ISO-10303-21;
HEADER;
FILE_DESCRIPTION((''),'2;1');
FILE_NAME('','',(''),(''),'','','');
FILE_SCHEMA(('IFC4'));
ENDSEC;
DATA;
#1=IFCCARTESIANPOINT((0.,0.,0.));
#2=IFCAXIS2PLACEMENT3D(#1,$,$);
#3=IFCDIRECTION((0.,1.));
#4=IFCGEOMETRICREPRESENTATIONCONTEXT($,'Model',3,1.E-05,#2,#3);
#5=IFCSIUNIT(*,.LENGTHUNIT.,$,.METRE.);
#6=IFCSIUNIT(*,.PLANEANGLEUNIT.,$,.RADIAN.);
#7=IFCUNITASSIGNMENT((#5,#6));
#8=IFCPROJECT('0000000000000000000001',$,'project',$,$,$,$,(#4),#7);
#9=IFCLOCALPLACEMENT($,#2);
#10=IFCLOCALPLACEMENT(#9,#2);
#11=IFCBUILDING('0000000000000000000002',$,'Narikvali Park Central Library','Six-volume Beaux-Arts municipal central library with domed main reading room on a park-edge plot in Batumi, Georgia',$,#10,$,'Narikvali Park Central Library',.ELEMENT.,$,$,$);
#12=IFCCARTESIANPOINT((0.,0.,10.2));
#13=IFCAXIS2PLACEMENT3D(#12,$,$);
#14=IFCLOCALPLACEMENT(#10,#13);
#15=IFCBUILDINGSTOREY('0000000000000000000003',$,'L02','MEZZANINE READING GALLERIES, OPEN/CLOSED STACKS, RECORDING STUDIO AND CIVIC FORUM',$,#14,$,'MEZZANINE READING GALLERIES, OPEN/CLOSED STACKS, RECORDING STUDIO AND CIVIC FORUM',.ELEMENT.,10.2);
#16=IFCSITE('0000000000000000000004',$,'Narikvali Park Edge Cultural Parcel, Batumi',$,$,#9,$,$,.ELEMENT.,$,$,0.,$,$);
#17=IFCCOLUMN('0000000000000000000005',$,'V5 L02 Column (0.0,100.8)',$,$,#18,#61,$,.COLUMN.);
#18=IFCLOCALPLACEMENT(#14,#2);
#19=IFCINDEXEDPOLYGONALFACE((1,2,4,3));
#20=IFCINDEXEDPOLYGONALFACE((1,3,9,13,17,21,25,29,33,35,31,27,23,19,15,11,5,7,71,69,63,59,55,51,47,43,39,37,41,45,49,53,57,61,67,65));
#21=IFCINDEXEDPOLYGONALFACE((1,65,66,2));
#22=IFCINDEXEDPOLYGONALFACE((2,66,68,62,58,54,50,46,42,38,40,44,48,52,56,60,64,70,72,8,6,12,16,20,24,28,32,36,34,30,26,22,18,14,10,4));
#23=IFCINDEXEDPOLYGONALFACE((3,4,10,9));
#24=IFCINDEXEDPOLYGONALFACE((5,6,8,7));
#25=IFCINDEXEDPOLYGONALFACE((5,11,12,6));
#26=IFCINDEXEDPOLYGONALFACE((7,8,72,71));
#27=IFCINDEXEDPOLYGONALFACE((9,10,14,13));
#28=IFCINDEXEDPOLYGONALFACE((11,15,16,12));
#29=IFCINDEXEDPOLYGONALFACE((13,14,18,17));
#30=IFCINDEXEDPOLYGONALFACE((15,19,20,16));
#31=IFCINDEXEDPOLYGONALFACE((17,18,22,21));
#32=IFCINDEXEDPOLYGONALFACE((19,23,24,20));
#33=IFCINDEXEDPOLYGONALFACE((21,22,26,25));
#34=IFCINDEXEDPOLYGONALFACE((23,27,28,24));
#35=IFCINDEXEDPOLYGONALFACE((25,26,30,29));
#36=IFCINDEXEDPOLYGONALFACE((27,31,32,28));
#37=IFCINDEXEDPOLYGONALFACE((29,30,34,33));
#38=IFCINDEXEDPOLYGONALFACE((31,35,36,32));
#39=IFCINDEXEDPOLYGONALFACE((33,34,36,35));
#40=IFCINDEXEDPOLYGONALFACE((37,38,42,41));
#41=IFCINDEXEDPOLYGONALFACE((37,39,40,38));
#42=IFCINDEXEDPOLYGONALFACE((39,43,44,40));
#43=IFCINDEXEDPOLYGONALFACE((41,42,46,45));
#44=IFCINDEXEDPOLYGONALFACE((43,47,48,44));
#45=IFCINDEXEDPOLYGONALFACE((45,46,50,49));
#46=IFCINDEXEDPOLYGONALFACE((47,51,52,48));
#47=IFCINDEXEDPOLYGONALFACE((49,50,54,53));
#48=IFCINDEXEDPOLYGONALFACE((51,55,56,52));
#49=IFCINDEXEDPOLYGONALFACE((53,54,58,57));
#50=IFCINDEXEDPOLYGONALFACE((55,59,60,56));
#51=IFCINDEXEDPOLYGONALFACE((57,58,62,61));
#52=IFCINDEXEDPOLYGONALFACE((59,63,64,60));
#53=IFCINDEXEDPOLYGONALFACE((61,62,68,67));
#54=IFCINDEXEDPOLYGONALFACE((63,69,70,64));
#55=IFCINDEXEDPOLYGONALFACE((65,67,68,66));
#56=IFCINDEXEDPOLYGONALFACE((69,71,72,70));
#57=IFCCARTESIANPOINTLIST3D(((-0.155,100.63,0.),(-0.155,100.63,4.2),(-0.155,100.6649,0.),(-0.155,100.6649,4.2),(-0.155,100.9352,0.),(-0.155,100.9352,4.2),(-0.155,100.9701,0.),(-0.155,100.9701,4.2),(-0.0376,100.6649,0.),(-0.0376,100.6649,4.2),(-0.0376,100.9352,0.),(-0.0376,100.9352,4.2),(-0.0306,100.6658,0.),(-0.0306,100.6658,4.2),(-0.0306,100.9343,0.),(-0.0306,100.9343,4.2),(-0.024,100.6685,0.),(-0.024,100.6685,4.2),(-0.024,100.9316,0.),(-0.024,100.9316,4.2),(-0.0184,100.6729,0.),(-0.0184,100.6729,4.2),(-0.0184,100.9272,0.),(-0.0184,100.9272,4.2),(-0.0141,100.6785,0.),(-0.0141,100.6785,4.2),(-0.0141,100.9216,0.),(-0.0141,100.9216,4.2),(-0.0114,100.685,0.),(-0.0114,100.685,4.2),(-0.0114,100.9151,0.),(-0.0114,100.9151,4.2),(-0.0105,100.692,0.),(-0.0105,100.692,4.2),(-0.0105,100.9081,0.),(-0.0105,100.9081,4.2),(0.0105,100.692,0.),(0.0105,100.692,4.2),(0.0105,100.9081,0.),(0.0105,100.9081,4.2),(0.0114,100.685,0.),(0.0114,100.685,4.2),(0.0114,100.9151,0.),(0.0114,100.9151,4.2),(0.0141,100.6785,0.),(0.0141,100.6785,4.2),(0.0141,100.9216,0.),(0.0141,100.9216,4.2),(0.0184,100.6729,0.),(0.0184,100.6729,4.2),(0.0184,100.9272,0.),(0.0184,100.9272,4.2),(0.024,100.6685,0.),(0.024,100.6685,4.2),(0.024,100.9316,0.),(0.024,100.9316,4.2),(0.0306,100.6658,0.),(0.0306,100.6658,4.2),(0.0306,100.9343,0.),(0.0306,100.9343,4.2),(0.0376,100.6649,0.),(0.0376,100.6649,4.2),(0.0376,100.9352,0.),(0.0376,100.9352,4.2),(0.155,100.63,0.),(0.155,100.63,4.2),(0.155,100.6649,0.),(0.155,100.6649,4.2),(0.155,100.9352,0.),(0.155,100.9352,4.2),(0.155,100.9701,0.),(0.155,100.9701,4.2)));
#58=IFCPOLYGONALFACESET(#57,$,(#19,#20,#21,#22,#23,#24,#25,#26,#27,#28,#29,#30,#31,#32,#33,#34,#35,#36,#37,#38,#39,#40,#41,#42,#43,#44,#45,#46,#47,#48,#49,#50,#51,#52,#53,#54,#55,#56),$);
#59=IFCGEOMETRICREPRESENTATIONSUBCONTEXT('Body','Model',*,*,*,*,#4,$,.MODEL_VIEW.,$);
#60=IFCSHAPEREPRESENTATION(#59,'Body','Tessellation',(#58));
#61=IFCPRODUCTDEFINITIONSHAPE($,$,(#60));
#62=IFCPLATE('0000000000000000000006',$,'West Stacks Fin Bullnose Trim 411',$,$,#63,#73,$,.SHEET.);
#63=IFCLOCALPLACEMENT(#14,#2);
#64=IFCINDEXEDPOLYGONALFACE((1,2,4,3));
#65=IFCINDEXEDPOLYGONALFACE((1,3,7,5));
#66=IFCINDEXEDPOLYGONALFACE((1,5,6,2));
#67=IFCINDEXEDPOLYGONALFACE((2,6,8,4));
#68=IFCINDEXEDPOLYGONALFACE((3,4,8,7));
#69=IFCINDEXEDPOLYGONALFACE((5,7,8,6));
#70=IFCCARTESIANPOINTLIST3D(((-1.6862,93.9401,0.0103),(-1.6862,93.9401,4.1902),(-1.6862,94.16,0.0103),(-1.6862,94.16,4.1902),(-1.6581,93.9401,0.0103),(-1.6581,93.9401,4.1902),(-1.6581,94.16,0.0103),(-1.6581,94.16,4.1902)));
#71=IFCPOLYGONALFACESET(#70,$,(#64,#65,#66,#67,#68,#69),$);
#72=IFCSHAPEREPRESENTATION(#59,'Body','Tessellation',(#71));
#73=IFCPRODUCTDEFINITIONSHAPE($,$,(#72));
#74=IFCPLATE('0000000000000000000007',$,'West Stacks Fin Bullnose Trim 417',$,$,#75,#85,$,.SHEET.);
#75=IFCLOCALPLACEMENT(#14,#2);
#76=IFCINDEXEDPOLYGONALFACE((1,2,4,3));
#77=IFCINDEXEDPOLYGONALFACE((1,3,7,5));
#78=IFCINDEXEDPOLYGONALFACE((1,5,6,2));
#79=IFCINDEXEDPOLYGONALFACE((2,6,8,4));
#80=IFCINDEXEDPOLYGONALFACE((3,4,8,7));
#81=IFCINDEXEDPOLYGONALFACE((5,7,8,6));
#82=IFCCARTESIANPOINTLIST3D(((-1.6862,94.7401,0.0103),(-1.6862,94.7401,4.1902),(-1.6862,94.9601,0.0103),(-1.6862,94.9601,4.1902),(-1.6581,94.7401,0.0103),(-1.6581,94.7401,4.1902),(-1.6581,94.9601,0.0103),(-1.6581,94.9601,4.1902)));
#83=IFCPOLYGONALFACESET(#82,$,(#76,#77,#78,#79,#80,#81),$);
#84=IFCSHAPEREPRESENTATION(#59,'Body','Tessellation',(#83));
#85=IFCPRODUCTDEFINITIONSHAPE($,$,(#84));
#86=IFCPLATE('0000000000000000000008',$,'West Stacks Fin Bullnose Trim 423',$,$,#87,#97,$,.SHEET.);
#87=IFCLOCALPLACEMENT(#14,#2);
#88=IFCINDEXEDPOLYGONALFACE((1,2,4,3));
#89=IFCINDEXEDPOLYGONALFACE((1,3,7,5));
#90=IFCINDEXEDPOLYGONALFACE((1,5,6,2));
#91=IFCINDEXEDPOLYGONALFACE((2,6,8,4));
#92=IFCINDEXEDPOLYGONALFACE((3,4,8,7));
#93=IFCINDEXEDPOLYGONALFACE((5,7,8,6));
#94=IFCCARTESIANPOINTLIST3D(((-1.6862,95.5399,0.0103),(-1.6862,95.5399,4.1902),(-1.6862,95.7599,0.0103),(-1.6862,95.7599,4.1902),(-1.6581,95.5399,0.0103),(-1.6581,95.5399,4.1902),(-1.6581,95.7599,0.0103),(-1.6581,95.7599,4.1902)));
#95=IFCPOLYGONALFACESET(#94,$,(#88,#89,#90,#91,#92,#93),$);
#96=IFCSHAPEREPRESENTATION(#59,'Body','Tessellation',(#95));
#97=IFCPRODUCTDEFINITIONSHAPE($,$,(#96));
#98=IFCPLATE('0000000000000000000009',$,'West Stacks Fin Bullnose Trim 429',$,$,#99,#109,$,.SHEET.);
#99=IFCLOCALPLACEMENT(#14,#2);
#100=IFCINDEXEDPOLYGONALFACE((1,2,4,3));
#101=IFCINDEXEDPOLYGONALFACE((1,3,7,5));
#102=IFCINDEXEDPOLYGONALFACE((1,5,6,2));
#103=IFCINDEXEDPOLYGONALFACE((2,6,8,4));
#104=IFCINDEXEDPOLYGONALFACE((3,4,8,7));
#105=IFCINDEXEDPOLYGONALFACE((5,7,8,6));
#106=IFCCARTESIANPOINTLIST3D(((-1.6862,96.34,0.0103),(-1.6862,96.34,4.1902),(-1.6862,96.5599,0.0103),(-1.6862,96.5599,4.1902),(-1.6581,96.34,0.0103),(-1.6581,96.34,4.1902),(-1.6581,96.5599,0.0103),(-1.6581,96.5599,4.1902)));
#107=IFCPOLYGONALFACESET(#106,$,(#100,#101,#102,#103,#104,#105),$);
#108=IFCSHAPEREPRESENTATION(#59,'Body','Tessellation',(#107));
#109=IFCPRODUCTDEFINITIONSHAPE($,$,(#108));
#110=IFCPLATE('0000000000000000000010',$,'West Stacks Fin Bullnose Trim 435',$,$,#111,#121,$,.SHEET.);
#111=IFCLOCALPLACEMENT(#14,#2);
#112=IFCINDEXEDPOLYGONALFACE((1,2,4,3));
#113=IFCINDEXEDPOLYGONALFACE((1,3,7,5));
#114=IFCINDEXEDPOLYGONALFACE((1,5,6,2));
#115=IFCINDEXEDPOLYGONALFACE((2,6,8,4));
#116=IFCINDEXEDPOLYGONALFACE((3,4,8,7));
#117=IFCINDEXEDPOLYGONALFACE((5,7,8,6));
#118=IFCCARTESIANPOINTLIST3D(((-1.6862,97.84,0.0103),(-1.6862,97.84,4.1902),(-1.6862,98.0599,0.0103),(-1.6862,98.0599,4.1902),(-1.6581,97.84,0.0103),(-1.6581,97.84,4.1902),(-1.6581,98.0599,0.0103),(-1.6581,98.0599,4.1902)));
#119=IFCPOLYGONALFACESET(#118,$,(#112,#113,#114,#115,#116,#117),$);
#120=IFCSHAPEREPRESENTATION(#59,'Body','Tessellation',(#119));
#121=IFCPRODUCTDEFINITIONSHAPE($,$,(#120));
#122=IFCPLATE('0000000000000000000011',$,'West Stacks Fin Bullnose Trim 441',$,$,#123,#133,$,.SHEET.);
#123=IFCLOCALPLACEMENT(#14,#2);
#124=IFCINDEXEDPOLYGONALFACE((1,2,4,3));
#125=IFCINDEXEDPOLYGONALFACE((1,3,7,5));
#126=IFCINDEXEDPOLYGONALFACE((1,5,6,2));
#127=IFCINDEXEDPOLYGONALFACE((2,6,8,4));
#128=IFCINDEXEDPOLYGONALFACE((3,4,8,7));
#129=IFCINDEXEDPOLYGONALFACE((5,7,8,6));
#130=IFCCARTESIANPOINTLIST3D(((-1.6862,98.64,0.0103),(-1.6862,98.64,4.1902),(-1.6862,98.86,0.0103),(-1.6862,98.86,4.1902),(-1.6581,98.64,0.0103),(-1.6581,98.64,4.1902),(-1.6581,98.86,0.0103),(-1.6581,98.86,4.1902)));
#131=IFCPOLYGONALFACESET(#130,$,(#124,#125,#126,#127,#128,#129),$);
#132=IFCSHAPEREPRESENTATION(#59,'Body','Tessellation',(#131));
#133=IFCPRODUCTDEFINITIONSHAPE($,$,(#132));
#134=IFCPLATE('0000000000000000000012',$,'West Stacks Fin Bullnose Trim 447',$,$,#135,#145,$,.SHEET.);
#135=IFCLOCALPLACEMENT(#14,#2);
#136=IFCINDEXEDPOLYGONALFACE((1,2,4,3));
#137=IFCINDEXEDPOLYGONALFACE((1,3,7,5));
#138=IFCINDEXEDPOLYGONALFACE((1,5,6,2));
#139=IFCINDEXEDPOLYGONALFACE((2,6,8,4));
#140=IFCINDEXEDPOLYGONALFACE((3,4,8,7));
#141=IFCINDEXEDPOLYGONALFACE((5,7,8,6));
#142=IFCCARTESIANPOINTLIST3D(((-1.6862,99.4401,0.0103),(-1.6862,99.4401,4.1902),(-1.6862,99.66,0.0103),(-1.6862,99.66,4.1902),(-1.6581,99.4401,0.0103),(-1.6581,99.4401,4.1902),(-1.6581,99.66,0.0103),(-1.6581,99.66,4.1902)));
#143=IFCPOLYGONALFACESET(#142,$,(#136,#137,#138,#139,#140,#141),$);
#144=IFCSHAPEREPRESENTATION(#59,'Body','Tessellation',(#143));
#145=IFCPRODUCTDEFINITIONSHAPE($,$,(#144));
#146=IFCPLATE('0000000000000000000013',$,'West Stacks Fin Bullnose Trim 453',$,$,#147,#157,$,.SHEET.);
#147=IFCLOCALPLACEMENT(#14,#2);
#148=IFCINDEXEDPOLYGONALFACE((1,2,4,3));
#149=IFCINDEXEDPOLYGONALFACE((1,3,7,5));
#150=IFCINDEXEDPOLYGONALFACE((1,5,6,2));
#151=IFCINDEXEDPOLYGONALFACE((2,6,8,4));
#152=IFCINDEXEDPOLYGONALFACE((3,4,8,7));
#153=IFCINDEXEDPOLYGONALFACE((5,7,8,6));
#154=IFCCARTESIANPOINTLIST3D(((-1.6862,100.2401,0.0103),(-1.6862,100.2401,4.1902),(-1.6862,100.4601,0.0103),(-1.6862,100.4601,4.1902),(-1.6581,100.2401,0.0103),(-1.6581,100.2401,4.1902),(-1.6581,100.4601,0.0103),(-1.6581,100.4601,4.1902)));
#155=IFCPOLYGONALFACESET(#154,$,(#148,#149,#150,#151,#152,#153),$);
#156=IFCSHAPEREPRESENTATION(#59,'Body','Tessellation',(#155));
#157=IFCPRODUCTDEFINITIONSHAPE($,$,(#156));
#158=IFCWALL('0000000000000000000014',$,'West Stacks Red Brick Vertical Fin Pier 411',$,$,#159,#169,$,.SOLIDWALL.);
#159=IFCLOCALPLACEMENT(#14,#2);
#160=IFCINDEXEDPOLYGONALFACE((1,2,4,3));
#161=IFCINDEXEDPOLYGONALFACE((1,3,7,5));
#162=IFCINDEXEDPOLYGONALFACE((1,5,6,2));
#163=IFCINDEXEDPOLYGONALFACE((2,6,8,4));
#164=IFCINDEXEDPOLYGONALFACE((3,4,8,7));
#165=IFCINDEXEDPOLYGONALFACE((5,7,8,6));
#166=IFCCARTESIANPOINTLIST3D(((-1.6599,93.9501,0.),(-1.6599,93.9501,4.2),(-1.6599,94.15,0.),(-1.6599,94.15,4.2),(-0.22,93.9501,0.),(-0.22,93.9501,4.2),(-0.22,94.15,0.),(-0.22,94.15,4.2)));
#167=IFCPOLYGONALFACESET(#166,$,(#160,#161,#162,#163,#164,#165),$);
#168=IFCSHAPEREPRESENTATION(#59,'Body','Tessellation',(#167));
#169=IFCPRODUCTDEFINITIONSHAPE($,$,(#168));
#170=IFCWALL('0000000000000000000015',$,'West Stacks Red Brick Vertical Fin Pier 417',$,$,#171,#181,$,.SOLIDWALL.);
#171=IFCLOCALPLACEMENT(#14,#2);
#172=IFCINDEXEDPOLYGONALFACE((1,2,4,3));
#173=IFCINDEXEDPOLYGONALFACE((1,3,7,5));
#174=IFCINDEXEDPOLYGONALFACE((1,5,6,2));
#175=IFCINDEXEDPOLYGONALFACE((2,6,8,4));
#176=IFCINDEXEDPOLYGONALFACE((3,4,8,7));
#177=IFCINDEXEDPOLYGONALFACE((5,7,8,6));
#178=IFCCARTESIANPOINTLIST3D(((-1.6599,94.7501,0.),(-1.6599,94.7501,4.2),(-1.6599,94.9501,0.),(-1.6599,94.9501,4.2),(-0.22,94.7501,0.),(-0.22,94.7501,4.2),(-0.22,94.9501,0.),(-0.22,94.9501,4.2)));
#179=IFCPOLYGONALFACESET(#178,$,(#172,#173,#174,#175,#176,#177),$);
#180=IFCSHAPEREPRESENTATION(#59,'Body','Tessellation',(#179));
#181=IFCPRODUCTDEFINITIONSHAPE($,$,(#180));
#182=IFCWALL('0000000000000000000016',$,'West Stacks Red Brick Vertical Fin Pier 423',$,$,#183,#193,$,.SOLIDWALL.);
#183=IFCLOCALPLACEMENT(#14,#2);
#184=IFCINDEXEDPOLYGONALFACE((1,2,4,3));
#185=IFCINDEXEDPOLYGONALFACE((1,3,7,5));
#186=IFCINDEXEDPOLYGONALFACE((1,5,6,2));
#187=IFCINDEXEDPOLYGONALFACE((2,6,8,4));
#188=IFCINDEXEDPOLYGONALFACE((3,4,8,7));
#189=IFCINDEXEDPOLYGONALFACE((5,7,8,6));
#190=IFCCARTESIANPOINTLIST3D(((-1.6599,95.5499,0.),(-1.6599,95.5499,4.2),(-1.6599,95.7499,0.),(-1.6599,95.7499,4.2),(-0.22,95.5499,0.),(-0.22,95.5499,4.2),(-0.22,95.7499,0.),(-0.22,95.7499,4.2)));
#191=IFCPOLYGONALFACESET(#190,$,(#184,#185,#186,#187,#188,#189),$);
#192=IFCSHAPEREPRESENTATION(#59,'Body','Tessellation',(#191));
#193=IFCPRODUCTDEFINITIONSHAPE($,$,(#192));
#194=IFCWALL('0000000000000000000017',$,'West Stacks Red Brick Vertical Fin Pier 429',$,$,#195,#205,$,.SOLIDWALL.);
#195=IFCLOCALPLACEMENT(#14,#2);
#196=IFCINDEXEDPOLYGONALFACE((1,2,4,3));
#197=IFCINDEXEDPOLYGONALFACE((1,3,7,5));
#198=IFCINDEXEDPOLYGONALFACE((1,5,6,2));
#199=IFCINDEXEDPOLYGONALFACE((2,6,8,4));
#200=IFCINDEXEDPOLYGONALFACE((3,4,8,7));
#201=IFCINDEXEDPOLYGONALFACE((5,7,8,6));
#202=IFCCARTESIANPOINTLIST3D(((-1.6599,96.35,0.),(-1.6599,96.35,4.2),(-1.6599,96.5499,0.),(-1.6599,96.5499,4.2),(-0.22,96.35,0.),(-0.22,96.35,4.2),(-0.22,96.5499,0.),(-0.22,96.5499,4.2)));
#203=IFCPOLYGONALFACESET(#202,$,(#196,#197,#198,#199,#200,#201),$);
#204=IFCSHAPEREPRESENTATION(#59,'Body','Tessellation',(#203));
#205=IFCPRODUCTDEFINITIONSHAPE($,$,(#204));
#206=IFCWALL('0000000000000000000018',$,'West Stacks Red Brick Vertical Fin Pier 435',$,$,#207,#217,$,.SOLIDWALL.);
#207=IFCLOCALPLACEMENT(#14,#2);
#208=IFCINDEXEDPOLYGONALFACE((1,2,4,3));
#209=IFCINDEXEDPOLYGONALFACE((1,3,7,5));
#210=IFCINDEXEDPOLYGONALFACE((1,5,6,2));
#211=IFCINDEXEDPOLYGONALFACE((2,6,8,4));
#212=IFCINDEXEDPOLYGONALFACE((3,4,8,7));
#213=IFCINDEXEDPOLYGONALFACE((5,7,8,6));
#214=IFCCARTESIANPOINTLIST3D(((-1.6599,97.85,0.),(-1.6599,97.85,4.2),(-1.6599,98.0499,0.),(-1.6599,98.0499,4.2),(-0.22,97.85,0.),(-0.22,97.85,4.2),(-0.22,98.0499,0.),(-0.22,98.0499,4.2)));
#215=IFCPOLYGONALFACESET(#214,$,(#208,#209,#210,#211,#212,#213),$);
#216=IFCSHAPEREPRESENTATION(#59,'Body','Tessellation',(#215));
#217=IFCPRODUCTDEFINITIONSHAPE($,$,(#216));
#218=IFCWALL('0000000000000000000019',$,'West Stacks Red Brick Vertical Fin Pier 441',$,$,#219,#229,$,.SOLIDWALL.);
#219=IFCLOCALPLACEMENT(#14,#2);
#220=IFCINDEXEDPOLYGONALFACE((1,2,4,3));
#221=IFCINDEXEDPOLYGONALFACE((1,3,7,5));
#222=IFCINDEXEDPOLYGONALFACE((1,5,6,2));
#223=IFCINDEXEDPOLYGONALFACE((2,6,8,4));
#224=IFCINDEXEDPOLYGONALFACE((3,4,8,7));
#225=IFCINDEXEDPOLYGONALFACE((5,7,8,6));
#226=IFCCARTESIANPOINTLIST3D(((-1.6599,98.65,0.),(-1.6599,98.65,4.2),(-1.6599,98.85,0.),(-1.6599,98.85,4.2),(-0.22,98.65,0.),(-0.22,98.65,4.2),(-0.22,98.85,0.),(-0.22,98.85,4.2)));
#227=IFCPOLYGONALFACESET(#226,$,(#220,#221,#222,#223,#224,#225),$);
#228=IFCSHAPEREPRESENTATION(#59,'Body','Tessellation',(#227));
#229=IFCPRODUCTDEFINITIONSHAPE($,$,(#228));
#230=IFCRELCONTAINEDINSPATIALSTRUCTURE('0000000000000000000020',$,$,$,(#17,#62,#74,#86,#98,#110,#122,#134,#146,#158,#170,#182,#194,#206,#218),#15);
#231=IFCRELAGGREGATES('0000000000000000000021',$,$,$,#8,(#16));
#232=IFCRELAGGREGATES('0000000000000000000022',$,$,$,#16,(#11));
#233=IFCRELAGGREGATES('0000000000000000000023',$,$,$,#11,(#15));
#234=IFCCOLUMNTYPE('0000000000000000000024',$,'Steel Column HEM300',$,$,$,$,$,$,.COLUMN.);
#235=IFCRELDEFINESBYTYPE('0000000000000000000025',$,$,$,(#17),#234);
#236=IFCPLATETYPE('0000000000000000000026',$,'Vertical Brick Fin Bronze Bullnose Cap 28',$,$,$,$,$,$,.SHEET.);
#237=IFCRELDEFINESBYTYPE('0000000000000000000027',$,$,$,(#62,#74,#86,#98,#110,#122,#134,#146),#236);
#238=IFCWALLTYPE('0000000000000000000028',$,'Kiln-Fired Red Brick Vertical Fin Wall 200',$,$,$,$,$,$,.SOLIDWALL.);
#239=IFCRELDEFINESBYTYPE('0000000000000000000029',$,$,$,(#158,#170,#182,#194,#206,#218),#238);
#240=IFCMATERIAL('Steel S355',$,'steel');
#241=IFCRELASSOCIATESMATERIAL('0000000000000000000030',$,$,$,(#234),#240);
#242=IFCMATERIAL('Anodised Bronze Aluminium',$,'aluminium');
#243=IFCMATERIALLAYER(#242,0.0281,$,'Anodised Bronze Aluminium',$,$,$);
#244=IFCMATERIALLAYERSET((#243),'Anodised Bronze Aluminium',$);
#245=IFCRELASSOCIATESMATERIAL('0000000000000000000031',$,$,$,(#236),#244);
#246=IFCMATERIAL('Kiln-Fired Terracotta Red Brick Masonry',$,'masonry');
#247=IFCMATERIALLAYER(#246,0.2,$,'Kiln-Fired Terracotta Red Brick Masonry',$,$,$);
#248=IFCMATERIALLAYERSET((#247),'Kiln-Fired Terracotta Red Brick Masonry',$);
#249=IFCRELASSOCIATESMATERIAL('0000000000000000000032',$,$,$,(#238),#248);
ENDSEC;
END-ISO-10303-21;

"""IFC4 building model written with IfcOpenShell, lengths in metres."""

from ifc_helpers import new_model, si_unit, direction, frame, frame_2d, origin, origin_2d, place, context, subcontext, project, spatial, rectangle, i_section, extrude, material, layer, layer_set, material_profile, profile_set, type_object, element, save


model = new_model("IFC4")

# Units and contexts
model_context = context("Model", 3, precision=1e-05, world=origin(), true_north=direction((0.0, 1.0)))
body_context = subcontext(model_context, "Body", "Model", "MODEL_VIEW")
ifc_project = project(units=[si_unit("LENGTHUNIT", "METRE"), si_unit("PLANEANGLEUNIT", "RADIAN")], contexts=[model_context])

# Site, building, storey
site_placement = place(None, origin())
site = spatial("IfcSite", under=ifc_project, at=site_placement, Name="Narikvali Park Edge Cultural Parcel, Batumi", CompositionType="ELEMENT", RefElevation=0.0)
building_placement = place(site_placement, origin())
building = spatial("IfcBuilding", under=site, at=building_placement, Name="Narikvali Park Central Library", Description="Six-volume Beaux-Arts municipal central library with domed main reading room on a park-edge plot in Batumi, Georgia", LongName="Narikvali Park Central Library", CompositionType="ELEMENT")
storey_placement = place(building_placement, frame((0.0, 0.0, 10.2)))
storey = spatial("IfcBuildingStorey", under=building, at=storey_placement, Name="L02", Description="MEZZANINE READING GALLERIES, OPEN/CLOSED STACKS, RECORDING STUDIO AND CIVIC FORUM", LongName="MEZZANINE READING GALLERIES, OPEN/CLOSED STACKS, RECORDING STUDIO AND CIVIC FORUM", CompositionType="ELEMENT", Elevation=10.2)

# Column
ifc_material_1 = material(Name="Steel S355", Category="steel")
ifc_material_profile = material_profile(ifc_material_1, i_section(OverallWidth=0.3101, OverallDepth=0.3401, WebThickness=0.021, FlangeThickness=0.0349, FilletRadius=0.0271, at=origin_2d()), Name="HEM 300")
ifc_profile_set = profile_set([ifc_material_profile], Name="Steel S355")
column_type = type_object("IfcColumnType", Name="Steel Column HEM300", PredefinedType="COLUMN", material=ifc_profile_set)
column_placement = place(storey_placement, frame((0.0, 100.8, 0.0), z_axis=(0.0, 0.0, 1.0), x_axis=(1.0, 0.0, 0.0)))
element("IfcColumn", 1, at=column_placement, inside=storey, type_object=column_type, Name="V5 L02 Column (0.0,100.8)", PredefinedType="COLUMN", context=body_context, shape_type="SweptSolid", body=[
    extrude(i_section(OverallWidth=0.3101, OverallDepth=0.3401, WebThickness=0.021, FlangeThickness=0.0349, FilletRadius=0.0271, at=origin_2d()), origin(), (0.0, 0.0, 1.0), 4.2),
])

# Plates
ifc_material_2 = material(Name="Anodised Bronze Aluminium", Category="aluminium")
ifc_layer_1 = layer(ifc_material_2, 0.0281, Name="Anodised Bronze Aluminium")
ifc_layer_set_1 = layer_set([ifc_layer_1], Name="Anodised Bronze Aluminium")
plate_type = type_object("IfcPlateType", Name="Vertical Brick Fin Bronze Bullnose Cap 28", PredefinedType="SHEET", material=ifc_layer_set_1)
for number, where, z_axis, x_axis, name in (
    (2, (-1.6721, 94.05, 0.0103), (0.0, 0.0, 1.0), (1.0, 0.0, 0.0), "West Stacks Fin Bullnose Trim 411"),
    (3, (-1.6721, 94.8501, 0.0103), (0.0, 0.0, 1.0), (1.0, 0.0, 0.0), "West Stacks Fin Bullnose Trim 417"),
    (4, (-1.6721, 95.6499, 0.0103), (0.0, 0.0, 1.0), (1.0, 0.0, 0.0), "West Stacks Fin Bullnose Trim 423"),
    (5, (-1.6721, 96.45, 0.0103), (0.0, 0.0, 1.0), (1.0, 0.0, 0.0), "West Stacks Fin Bullnose Trim 429"),
    (6, (-1.6721, 97.95, 0.0103), (0.0, 0.0, 1.0), (1.0, 0.0, 0.0), "West Stacks Fin Bullnose Trim 435"),
    (7, (-1.6721, 98.75, 0.0103), (0.0, 0.0, 1.0), (1.0, 0.0, 0.0), "West Stacks Fin Bullnose Trim 441"),
    (8, (-1.6721, 99.55, 0.0103), (0.0, 0.0, 1.0), (1.0, 0.0, 0.0), "West Stacks Fin Bullnose Trim 447"),
    (9, (-1.6721, 100.3501, 0.0103), (0.0, 0.0, 1.0), (1.0, 0.0, 0.0), "West Stacks Fin Bullnose Trim 453"),
):
    element("IfcPlate", number, at=place(storey_placement, frame(where, z_axis=z_axis, x_axis=x_axis)), inside=storey, type_object=plate_type, Name=name, PredefinedType="SHEET", context=body_context, shape_type="SweptSolid", body=[
        extrude(rectangle(XDim=0.0281, YDim=0.22, at=origin_2d()), origin(), (0.0, 0.0, 1.0), 4.1799),
    ])

# Walls
ifc_material_3 = material(Name="Kiln-Fired Terracotta Red Brick Masonry", Category="masonry")
ifc_layer_2 = layer(ifc_material_3, 0.2, Name="Kiln-Fired Terracotta Red Brick Masonry")
ifc_layer_set_2 = layer_set([ifc_layer_2], Name="Kiln-Fired Terracotta Red Brick Masonry")
wall_type_1 = type_object("IfcWallType", Name="Kiln-Fired Red Brick Vertical Fin Wall 200", PredefinedType="SOLIDWALL", material=ifc_layer_set_2)
for number, where, z_axis, x_axis, name in (
    (10, (-1.6599, 94.05, 0.0), (0.0, 0.0, 1.0), (1.0, 0.0, 0.0), "West Stacks Red Brick Vertical Fin Pier 411"),
    (11, (-1.6599, 94.8501, 0.0), (0.0, 0.0, 1.0), (1.0, 0.0, 0.0), "West Stacks Red Brick Vertical Fin Pier 417"),
    (12, (-1.6599, 95.6499, 0.0), (0.0, 0.0, 1.0), (1.0, 0.0, 0.0), "West Stacks Red Brick Vertical Fin Pier 423"),
    (13, (-1.6599, 96.45, 0.0), (0.0, 0.0, 1.0), (1.0, 0.0, 0.0), "West Stacks Red Brick Vertical Fin Pier 429"),
    (14, (-1.6599, 97.95, 0.0), (0.0, 0.0, 1.0), (1.0, 0.0, 0.0), "West Stacks Red Brick Vertical Fin Pier 435"),
    (15, (-1.6599, 98.75, 0.0), (0.0, 0.0, 1.0), (1.0, 0.0, 0.0), "West Stacks Red Brick Vertical Fin Pier 441"),
):
    element("IfcWall", number, at=place(storey_placement, frame(where, z_axis=z_axis, x_axis=x_axis)), inside=storey, type_object=wall_type_1, Name=name, PredefinedType="SOLIDWALL", context=body_context, shape_type="SweptSolid", body=[
        extrude(rectangle(XDim=1.4399, YDim=0.2, at=frame_2d((0.72, 0.0))), origin(), (0.0, 0.0, 1.0), 4.2),
    ])

save(model, "model.ifc")
